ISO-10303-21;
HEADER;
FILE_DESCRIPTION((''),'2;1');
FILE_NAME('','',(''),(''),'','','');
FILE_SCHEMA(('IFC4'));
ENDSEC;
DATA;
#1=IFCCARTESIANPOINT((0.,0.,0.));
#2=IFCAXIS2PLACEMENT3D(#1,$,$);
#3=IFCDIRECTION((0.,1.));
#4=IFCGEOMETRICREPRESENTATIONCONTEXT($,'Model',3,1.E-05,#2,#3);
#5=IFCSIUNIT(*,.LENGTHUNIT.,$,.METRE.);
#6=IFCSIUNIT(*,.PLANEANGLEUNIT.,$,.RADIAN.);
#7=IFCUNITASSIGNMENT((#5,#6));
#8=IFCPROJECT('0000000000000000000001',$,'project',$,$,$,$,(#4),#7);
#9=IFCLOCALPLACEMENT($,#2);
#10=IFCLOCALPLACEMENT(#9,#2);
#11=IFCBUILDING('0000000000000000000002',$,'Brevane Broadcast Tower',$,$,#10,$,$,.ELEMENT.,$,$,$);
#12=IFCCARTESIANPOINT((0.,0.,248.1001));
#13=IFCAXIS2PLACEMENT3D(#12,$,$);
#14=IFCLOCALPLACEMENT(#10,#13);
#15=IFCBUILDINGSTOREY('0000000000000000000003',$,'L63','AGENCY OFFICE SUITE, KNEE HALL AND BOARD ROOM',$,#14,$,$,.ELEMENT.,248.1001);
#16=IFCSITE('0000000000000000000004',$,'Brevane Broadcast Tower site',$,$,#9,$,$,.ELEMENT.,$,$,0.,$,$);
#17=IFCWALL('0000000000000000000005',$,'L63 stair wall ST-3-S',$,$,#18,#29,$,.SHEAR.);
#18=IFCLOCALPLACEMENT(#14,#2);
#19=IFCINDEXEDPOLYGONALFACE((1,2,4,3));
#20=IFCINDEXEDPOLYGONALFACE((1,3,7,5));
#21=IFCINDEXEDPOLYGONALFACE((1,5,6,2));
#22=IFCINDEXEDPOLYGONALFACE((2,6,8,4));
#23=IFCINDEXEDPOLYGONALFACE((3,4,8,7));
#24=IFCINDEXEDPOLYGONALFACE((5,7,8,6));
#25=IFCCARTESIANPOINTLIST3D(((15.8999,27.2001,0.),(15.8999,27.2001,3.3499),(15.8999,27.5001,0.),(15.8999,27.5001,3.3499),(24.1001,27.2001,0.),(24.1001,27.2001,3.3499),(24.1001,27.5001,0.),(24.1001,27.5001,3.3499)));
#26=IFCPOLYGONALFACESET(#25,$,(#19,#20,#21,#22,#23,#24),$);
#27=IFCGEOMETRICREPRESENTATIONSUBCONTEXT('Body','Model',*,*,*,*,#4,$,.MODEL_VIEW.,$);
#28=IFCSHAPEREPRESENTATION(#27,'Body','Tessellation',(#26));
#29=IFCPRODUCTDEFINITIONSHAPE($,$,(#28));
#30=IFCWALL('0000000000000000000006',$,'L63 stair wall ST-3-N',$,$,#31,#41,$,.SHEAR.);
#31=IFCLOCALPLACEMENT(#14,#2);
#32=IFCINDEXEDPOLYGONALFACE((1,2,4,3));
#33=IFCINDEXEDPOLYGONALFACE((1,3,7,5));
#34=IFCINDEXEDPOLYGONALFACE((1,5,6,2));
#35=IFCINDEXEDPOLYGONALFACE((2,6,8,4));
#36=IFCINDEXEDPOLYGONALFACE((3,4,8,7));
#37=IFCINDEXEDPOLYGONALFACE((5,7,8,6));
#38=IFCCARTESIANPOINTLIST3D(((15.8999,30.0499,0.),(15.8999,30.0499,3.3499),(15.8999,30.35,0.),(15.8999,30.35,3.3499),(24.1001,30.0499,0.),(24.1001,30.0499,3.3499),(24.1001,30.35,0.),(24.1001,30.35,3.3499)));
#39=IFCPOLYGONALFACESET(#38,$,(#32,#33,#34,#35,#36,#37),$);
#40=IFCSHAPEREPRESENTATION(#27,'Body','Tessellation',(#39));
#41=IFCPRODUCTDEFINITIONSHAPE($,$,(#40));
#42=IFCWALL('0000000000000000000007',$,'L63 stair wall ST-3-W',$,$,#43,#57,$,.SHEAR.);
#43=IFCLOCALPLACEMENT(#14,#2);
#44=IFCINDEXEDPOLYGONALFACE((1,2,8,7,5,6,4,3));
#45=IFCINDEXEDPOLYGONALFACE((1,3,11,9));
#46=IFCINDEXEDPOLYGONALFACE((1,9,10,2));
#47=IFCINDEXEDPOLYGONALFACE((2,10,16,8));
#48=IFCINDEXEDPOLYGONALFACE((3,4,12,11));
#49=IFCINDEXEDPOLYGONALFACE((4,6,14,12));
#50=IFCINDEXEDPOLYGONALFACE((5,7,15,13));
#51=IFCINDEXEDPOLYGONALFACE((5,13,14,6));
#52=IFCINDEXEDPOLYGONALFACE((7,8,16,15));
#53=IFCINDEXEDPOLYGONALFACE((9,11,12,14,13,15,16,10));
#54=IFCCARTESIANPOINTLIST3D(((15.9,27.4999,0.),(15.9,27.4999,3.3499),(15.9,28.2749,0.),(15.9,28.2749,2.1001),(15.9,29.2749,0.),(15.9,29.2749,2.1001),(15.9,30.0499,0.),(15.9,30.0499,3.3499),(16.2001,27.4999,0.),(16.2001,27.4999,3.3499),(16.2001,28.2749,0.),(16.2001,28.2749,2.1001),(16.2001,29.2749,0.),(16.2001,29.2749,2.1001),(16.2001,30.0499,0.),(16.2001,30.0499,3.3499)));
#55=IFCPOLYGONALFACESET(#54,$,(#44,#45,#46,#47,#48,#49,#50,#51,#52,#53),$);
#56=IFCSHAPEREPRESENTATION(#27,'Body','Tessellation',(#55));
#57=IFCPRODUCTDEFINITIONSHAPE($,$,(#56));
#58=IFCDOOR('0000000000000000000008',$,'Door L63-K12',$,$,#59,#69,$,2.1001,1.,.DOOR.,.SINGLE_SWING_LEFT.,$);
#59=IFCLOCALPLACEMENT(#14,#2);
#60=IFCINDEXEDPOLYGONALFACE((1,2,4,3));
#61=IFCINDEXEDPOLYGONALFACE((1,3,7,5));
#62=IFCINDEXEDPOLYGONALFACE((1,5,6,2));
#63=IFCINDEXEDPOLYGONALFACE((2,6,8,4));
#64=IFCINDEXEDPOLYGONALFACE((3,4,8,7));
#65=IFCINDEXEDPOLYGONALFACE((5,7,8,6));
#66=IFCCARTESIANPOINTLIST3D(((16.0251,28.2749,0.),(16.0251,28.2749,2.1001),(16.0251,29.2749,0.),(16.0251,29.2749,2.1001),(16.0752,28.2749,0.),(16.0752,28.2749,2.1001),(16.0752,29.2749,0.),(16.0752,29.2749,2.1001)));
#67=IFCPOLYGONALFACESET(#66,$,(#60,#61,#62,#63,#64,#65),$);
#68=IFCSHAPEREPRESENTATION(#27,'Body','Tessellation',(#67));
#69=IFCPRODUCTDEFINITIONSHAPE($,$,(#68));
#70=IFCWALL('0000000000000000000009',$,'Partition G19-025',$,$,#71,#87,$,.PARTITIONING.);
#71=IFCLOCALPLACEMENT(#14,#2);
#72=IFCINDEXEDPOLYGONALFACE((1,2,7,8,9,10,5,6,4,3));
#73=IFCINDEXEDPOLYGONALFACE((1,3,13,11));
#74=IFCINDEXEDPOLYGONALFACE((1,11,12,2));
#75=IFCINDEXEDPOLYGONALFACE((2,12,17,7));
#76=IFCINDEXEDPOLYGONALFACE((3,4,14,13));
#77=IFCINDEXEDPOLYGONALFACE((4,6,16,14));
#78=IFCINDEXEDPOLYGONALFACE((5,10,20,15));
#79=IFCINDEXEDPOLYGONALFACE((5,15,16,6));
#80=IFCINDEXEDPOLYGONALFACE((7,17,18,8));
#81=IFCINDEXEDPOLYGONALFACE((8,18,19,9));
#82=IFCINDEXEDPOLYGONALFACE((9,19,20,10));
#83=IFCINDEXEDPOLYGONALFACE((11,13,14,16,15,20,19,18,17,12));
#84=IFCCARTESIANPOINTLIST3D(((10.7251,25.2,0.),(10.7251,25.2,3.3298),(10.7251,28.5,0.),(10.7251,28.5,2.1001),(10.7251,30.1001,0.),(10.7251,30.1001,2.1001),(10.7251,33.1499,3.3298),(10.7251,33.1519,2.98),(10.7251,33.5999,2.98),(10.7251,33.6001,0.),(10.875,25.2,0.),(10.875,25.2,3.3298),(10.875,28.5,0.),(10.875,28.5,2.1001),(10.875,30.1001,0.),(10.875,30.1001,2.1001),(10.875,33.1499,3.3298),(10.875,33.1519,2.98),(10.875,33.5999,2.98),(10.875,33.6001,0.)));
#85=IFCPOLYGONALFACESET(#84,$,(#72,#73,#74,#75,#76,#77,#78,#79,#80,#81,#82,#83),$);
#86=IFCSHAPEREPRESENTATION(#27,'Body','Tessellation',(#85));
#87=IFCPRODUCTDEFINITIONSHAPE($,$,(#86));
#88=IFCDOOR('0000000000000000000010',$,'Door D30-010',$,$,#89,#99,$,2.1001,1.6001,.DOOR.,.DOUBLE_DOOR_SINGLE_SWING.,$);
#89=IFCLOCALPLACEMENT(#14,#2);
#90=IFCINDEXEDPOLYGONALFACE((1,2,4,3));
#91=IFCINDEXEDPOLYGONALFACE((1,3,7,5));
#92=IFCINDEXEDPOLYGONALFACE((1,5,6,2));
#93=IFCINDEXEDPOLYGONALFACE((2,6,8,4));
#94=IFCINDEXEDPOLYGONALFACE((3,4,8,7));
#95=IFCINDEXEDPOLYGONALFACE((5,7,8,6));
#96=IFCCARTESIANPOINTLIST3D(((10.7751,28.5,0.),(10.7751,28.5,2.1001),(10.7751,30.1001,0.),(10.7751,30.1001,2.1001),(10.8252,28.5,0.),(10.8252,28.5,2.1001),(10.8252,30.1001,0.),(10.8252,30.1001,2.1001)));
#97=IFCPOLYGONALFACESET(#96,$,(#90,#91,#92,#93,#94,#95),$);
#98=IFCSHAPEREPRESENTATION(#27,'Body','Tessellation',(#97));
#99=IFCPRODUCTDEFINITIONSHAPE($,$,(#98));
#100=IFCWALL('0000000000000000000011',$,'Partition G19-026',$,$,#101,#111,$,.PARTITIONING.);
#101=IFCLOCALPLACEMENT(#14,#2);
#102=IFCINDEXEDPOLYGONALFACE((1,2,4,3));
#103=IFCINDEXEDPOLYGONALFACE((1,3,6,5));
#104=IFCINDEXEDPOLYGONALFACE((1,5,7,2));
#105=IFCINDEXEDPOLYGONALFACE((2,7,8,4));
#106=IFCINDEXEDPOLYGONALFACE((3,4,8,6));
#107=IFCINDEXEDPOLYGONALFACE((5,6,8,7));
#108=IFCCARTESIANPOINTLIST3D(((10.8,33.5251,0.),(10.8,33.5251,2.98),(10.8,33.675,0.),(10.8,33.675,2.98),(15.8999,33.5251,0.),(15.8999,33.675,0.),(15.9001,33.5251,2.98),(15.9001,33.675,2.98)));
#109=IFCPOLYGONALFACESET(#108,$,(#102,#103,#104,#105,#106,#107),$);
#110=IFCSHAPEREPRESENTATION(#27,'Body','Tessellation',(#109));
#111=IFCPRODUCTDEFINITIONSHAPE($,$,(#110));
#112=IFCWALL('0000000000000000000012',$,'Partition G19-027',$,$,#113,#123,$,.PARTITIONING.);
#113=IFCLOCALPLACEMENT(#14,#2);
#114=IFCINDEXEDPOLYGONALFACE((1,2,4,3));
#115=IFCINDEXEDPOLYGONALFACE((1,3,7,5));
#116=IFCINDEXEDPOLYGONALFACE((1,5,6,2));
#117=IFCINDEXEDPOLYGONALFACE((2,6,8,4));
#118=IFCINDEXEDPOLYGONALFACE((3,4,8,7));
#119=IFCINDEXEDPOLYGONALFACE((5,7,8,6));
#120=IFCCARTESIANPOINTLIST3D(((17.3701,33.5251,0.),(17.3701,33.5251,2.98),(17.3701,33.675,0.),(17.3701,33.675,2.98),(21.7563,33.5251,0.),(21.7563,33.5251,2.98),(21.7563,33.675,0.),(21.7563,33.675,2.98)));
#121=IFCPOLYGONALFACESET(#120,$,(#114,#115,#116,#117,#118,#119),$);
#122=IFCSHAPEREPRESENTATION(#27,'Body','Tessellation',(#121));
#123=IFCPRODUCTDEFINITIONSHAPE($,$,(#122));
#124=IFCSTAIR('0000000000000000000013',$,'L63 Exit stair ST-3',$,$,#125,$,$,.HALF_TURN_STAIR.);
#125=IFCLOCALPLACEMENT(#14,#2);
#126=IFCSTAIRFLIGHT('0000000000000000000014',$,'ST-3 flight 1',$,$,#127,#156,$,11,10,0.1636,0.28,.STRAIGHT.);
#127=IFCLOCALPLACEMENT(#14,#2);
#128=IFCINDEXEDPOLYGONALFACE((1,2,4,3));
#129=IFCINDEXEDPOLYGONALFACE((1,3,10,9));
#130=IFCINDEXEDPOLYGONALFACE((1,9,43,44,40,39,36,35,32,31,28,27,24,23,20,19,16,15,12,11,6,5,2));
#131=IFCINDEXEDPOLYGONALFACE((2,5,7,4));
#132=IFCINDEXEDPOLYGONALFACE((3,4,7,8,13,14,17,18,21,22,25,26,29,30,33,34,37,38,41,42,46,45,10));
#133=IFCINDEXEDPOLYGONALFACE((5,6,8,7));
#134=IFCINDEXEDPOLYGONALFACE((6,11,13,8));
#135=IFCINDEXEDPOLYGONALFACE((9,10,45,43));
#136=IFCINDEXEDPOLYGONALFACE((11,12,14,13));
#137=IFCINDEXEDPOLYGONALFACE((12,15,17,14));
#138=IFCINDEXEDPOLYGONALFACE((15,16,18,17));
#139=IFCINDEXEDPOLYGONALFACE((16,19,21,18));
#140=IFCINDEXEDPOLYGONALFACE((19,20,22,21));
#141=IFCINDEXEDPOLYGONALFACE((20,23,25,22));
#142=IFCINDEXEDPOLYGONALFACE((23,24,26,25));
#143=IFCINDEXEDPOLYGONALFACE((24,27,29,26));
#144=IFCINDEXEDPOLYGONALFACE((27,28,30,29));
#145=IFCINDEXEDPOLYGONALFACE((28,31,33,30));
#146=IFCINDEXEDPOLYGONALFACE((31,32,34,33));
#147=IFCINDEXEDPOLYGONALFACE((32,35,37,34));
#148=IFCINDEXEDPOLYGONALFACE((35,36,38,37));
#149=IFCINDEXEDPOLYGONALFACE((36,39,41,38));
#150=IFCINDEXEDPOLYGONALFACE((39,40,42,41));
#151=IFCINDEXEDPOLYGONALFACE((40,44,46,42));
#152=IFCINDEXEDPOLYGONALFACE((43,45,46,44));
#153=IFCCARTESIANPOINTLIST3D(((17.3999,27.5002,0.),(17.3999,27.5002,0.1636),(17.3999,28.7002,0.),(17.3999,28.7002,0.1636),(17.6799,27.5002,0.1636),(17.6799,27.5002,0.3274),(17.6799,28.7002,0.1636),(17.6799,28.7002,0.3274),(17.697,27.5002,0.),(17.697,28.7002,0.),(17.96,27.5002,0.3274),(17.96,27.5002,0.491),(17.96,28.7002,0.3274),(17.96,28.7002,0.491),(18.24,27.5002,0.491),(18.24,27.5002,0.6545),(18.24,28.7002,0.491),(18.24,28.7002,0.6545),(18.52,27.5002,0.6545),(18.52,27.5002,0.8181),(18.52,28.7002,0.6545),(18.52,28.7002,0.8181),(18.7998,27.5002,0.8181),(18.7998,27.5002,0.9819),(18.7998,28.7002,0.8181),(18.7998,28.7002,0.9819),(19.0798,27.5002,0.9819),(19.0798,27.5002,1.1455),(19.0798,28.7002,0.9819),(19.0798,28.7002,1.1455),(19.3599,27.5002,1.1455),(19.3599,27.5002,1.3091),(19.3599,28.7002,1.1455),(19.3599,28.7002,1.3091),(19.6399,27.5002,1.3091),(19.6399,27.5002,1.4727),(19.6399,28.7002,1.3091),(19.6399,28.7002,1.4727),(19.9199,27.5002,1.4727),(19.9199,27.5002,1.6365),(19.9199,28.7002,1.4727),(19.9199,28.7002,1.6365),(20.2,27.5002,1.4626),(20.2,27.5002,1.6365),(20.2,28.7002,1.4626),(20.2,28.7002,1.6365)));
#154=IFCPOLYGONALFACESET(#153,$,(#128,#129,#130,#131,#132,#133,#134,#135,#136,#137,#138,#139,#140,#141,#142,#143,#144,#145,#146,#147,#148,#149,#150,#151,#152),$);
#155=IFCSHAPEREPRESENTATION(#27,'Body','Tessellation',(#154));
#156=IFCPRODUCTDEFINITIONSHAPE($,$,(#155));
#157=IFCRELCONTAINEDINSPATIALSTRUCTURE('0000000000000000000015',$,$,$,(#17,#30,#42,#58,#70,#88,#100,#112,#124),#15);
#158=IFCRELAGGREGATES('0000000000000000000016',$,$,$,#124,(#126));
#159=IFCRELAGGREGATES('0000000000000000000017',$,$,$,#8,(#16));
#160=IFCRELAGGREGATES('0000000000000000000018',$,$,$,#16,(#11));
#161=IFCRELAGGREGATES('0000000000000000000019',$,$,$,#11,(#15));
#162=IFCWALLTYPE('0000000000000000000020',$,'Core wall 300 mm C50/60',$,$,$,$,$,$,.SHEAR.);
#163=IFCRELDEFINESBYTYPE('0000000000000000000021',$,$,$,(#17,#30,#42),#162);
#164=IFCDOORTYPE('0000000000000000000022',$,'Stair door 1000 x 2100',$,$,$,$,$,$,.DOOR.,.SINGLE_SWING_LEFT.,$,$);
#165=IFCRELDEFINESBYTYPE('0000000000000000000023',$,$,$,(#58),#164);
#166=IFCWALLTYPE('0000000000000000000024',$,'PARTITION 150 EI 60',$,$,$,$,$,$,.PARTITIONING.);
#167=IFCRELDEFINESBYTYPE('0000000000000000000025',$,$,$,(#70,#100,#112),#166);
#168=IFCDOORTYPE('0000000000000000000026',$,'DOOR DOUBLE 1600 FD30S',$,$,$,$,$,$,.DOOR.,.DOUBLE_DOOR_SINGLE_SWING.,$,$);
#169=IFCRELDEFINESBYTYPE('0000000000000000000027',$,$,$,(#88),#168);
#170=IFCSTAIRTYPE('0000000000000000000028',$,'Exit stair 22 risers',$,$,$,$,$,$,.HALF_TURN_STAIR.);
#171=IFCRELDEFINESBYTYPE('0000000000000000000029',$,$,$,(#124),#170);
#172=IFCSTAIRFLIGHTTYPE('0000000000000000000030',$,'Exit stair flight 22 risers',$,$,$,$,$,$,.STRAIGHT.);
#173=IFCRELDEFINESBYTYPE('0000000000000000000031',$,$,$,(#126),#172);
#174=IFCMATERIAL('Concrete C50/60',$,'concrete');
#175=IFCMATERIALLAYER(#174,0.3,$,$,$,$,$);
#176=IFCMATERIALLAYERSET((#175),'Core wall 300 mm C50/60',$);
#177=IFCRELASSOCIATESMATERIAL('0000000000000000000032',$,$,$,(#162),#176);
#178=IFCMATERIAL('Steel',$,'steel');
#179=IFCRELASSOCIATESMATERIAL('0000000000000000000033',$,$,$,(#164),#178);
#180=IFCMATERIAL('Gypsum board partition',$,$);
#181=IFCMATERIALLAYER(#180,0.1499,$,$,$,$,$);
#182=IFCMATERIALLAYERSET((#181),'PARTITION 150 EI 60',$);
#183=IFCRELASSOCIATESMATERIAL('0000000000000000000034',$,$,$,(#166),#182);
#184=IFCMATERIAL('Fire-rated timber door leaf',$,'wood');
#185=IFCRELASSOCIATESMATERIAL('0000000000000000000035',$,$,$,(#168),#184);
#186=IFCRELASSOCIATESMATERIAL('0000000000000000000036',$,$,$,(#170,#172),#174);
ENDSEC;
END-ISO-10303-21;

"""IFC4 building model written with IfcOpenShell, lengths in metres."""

from ifc_helpers import new_model, si_unit, direction, frame, frame_2d, origin, place, context, subcontext, project, spatial, polyline, rectangle, outline, extrude, material, layer, layer_set, type_object, element, fill, aggregate, save


model = new_model("IFC4")

# Units and contexts
model_context = context("Model", 3, precision=1e-05, world=origin(), true_north=direction((0.0, 1.0)))
body_context = subcontext(model_context, "Body", "Model", "MODEL_VIEW")
ifc_project = project(units=[si_unit("LENGTHUNIT", "METRE"), si_unit("PLANEANGLEUNIT", "RADIAN")], contexts=[model_context])

# Site, building, storey
site_placement = place(None, origin())
site = spatial("IfcSite", under=ifc_project, at=site_placement, Name="Brevane Broadcast Tower site", CompositionType="ELEMENT", RefElevation=0.0)
building_placement = place(site_placement, origin())
building = spatial("IfcBuilding", under=site, at=building_placement, Name="Brevane Broadcast Tower", CompositionType="ELEMENT")
storey_placement = place(building_placement, frame((0.0, 0.0, 248.1001)))
storey = spatial("IfcBuildingStorey", under=building, at=storey_placement, Name="L63", Description="AGENCY OFFICE SUITE, KNEE HALL AND BOARD ROOM", CompositionType="ELEMENT", Elevation=248.1001)

# Shared definitions
ifc_material_1 = material(Name="Concrete C50/60", Category="concrete")

# Shared definitions
ifc_layer_1 = layer(ifc_material_1, 0.3)
ifc_layer_set_1 = layer_set([ifc_layer_1], Name="Core wall 300 mm C50/60")
wall_type_1 = type_object("IfcWallType", Name="Core wall 300 mm C50/60", PredefinedType="SHEAR", material=ifc_layer_set_1)
ifc_material_2 = material(Name="Steel", Category="steel")
door_type_1 = type_object("IfcDoorType", Name="Stair door 1000 x 2100", OperationType="SINGLE_SWING_LEFT", PredefinedType="DOOR", material=ifc_material_2)

# Walls
for number, where, z_axis, x_axis, name in (
    (1, (15.8999, 27.3501, 0.0), (0.0, 0.0, 1.0), (1.0, 0.0, 0.0), "L63 stair wall ST-3-S"),
    (2, (15.8999, 30.2, 0.0), (0.0, 0.0, 1.0), (1.0, 0.0, 0.0), "L63 stair wall ST-3-N"),
):
    element("IfcWall", number, at=place(storey_placement, frame(where, z_axis=z_axis, x_axis=x_axis)), inside=storey, type_object=wall_type_1, Name=name, PredefinedType="SHEAR", context=body_context, shape_type="SweptSolid", body=[
        extrude(rectangle(XDim=8.2002, YDim=0.3, at=frame_2d((4.1001, 0.0))), origin(), (0.0, 0.0, 1.0), 3.3499),
    ])

# Walls, openings, doors
wall_1_placement = place(storey_placement, frame((16.05, 27.5, 0.0), z_axis=(0.0, 0.0, 1.0), x_axis=(0.0, 1.0, 0.0)))
wall_1 = element("IfcWall", 3, at=wall_1_placement, inside=storey, type_object=wall_type_1, Name="L63 stair wall ST-3-W", PredefinedType="SHEAR", context=body_context, shape_type="SweptSolid", body=[
    extrude(rectangle(XDim=2.55, YDim=0.3, at=frame_2d((1.2749, 0.0))), origin(), (0.0, 0.0, 1.0), 3.3499),
])
opening_1_placement = place(wall_1_placement, frame((0.7749, 0.0, 0.0)))
opening_1 = element("IfcOpeningElement", 4, at=opening_1_placement, cuts=wall_1, PredefinedType="OPENING", context=body_context, shape_type="SweptSolid", body=[
    extrude(rectangle(XDim=1.0, YDim=2.1001, at=frame_2d((0.5, 1.05))), frame((0.0, 0.1599, 0.0), z_axis=(0.0, -1.0, 0.0), x_axis=(1.0, 0.0, 0.0)), (0.0, 0.0, 1.0), 0.3201),
])
door_1_placement = place(opening_1_placement, origin())
door_1 = element("IfcDoor", 5, at=door_1_placement, inside=storey, type_object=door_type_1, Name="Door L63-K12", OperationType="SINGLE_SWING_LEFT", OverallHeight=2.1001, OverallWidth=1.0, PredefinedType="DOOR", context=body_context, shape_type="SweptSolid", body=[
    extrude(rectangle(XDim=1.0, YDim=2.1001, at=frame_2d((0.5, 1.05))), frame((0.0, 0.0249, 0.0), z_axis=(0.0, -1.0, 0.0), x_axis=(1.0, 0.0, 0.0)), (0.0, 0.0, 1.0), 0.05),
])
fill(opening_1, door_1)
ifc_material_3 = material(Name="Gypsum board partition")
ifc_layer_2 = layer(ifc_material_3, 0.1499)
ifc_layer_set_2 = layer_set([ifc_layer_2], Name="PARTITION 150 EI 60")
wall_type_2 = type_object("IfcWallType", Name="PARTITION 150 EI 60", PredefinedType="PARTITIONING", material=ifc_layer_set_2)
wall_2_placement = place(storey_placement, frame((10.8, 25.2, 0.0), z_axis=(0.0, 0.0, 1.0), x_axis=(0.0, 1.0, 0.0)))
wall_2 = element("IfcWall", 6, at=wall_2_placement, inside=storey, type_object=wall_type_2, Name="Partition G19-025", PredefinedType="PARTITIONING", context=body_context, shape_type="SweptSolid", body=[
    extrude(outline(polyline([(0.0, 0.0), (8.4001, 0.0), (8.3999, 2.98), (7.9519, 2.98), (7.95, 3.3298), (0.0, 3.3298), (0.0, 0.0)])), frame((0.0, 0.075, 0.0), z_axis=(0.0, -1.0, 0.0), x_axis=(1.0, 0.0, 0.0)), (0.0, 0.0, 1.0), 0.1499),
])
opening_2_placement = place(wall_2_placement, frame((3.3, 0.0, 0.0)))
opening_2 = element("IfcOpeningElement", 7, at=opening_2_placement, cuts=wall_2, PredefinedType="OPENING", context=body_context, shape_type="SweptSolid", body=[
    extrude(rectangle(XDim=1.6001, YDim=2.1001, at=frame_2d((0.8, 1.05))), frame((0.0, 0.085, 0.0), z_axis=(0.0, -1.0, 0.0), x_axis=(1.0, 0.0, 0.0)), (0.0, 0.0, 1.0), 0.1699),
])
ifc_material_4 = material(Name="Fire-rated timber door leaf", Category="wood")
door_type_2 = type_object("IfcDoorType", Name="DOOR DOUBLE 1600 FD30S", OperationType="DOUBLE_DOOR_SINGLE_SWING", PredefinedType="DOOR", material=ifc_material_4)
door_2_placement = place(opening_2_placement, origin())
door_2 = element("IfcDoor", 8, at=door_2_placement, inside=storey, type_object=door_type_2, Name="Door D30-010", OperationType="DOUBLE_DOOR_SINGLE_SWING", OverallHeight=2.1001, OverallWidth=1.6001, PredefinedType="DOOR", context=body_context, shape_type="SweptSolid", body=[
    extrude(rectangle(XDim=1.6001, YDim=2.1001, at=frame_2d((0.8, 1.05))), frame((0.0, 0.0249, 0.0), z_axis=(0.0, -1.0, 0.0), x_axis=(1.0, 0.0, 0.0)), (0.0, 0.0, 1.0), 0.05),
])
fill(opening_2, door_2)

# Walls
wall_3_placement = place(storey_placement, frame((10.8, 33.6001, 0.0), z_axis=(0.0, 0.0, 1.0), x_axis=(1.0, 0.0, 0.0)))
element("IfcWall", 9, at=wall_3_placement, inside=storey, type_object=wall_type_2, Name="Partition G19-026", PredefinedType="PARTITIONING", context=body_context, shape_type="SweptSolid", body=[
    extrude(outline(polyline([(0.0, 0.0), (5.0999, 0.0), (5.1001, 2.98), (0.0, 2.98), (0.0, 0.0)])), frame((0.0, 0.075, 0.0), z_axis=(0.0, -1.0, 0.0), x_axis=(1.0, 0.0, 0.0)), (0.0, 0.0, 1.0), 0.1499),
])
wall_4_placement = place(storey_placement, frame((17.3701, 33.6001, 0.0), z_axis=(0.0, 0.0, 1.0), x_axis=(1.0, 0.0, 0.0)))
element("IfcWall", 10, at=wall_4_placement, inside=storey, type_object=wall_type_2, Name="Partition G19-027", PredefinedType="PARTITIONING", context=body_context, shape_type="SweptSolid", body=[
    extrude(rectangle(XDim=4.3862, YDim=0.1499, at=frame_2d((2.1931, 0.0))), origin(), (0.0, 0.0, 1.0), 2.98),
])

# Stair, stair flight
stair_type = type_object("IfcStairType", Name="Exit stair 22 risers", PredefinedType="HALF_TURN_STAIR", material=ifc_material_1)
stair_placement = place(storey_placement, origin())
stair = element("IfcStair", 11, at=stair_placement, inside=storey, type_object=stair_type, Name="L63 Exit stair ST-3", PredefinedType="HALF_TURN_STAIR")
stair_flight_type = type_object("IfcStairFlightType", Name="Exit stair flight 22 risers", PredefinedType="STRAIGHT", material=ifc_material_1)
stair_flight_placement = place(storey_placement, frame((17.3999, 28.1001, 0.0), z_axis=(0.0, 0.0, 1.0), x_axis=(1.0, 0.0, 0.0)))
stair_flight = element("IfcStairFlight", 12, at=stair_flight_placement, type_object=stair_flight_type, Name="ST-3 flight 1", NumberOfRisers=11, NumberOfTreads=10, PredefinedType="STRAIGHT", RiserHeight=0.1636, TreadLength=0.28, context=body_context, shape_type="SweptSolid", body=[
    extrude(outline(polyline([(0.0, 0.0), (0.0, 0.1636), (0.28, 0.1636), (0.28, 0.3274), (0.5601, 0.3274), (0.5601, 0.491), (0.8401, 0.491), (0.8401, 0.6545), (1.1201, 0.6545), (1.1201, 0.8181), (1.3999, 0.8181), (1.3999, 0.9819), (1.6799, 0.9819), (1.6799, 1.1455), (1.96, 1.1455), (1.96, 1.3091), (2.24, 1.3091), (2.24, 1.4727), (2.52, 1.4727), (2.52, 1.6365), (2.8, 1.6365), (2.8, 1.8), (2.8, 1.4626), (0.2971, 0.0), (0.0, 0.0)])), frame((0.0, 0.6001, 0.0), z_axis=(0.0, -1.0, 0.0), x_axis=(1.0, 0.0, 0.0)), (0.0, 0.0, 1.0), 1.2),
])
aggregate(stair, [stair_flight])

save(model, "model.ifc")
